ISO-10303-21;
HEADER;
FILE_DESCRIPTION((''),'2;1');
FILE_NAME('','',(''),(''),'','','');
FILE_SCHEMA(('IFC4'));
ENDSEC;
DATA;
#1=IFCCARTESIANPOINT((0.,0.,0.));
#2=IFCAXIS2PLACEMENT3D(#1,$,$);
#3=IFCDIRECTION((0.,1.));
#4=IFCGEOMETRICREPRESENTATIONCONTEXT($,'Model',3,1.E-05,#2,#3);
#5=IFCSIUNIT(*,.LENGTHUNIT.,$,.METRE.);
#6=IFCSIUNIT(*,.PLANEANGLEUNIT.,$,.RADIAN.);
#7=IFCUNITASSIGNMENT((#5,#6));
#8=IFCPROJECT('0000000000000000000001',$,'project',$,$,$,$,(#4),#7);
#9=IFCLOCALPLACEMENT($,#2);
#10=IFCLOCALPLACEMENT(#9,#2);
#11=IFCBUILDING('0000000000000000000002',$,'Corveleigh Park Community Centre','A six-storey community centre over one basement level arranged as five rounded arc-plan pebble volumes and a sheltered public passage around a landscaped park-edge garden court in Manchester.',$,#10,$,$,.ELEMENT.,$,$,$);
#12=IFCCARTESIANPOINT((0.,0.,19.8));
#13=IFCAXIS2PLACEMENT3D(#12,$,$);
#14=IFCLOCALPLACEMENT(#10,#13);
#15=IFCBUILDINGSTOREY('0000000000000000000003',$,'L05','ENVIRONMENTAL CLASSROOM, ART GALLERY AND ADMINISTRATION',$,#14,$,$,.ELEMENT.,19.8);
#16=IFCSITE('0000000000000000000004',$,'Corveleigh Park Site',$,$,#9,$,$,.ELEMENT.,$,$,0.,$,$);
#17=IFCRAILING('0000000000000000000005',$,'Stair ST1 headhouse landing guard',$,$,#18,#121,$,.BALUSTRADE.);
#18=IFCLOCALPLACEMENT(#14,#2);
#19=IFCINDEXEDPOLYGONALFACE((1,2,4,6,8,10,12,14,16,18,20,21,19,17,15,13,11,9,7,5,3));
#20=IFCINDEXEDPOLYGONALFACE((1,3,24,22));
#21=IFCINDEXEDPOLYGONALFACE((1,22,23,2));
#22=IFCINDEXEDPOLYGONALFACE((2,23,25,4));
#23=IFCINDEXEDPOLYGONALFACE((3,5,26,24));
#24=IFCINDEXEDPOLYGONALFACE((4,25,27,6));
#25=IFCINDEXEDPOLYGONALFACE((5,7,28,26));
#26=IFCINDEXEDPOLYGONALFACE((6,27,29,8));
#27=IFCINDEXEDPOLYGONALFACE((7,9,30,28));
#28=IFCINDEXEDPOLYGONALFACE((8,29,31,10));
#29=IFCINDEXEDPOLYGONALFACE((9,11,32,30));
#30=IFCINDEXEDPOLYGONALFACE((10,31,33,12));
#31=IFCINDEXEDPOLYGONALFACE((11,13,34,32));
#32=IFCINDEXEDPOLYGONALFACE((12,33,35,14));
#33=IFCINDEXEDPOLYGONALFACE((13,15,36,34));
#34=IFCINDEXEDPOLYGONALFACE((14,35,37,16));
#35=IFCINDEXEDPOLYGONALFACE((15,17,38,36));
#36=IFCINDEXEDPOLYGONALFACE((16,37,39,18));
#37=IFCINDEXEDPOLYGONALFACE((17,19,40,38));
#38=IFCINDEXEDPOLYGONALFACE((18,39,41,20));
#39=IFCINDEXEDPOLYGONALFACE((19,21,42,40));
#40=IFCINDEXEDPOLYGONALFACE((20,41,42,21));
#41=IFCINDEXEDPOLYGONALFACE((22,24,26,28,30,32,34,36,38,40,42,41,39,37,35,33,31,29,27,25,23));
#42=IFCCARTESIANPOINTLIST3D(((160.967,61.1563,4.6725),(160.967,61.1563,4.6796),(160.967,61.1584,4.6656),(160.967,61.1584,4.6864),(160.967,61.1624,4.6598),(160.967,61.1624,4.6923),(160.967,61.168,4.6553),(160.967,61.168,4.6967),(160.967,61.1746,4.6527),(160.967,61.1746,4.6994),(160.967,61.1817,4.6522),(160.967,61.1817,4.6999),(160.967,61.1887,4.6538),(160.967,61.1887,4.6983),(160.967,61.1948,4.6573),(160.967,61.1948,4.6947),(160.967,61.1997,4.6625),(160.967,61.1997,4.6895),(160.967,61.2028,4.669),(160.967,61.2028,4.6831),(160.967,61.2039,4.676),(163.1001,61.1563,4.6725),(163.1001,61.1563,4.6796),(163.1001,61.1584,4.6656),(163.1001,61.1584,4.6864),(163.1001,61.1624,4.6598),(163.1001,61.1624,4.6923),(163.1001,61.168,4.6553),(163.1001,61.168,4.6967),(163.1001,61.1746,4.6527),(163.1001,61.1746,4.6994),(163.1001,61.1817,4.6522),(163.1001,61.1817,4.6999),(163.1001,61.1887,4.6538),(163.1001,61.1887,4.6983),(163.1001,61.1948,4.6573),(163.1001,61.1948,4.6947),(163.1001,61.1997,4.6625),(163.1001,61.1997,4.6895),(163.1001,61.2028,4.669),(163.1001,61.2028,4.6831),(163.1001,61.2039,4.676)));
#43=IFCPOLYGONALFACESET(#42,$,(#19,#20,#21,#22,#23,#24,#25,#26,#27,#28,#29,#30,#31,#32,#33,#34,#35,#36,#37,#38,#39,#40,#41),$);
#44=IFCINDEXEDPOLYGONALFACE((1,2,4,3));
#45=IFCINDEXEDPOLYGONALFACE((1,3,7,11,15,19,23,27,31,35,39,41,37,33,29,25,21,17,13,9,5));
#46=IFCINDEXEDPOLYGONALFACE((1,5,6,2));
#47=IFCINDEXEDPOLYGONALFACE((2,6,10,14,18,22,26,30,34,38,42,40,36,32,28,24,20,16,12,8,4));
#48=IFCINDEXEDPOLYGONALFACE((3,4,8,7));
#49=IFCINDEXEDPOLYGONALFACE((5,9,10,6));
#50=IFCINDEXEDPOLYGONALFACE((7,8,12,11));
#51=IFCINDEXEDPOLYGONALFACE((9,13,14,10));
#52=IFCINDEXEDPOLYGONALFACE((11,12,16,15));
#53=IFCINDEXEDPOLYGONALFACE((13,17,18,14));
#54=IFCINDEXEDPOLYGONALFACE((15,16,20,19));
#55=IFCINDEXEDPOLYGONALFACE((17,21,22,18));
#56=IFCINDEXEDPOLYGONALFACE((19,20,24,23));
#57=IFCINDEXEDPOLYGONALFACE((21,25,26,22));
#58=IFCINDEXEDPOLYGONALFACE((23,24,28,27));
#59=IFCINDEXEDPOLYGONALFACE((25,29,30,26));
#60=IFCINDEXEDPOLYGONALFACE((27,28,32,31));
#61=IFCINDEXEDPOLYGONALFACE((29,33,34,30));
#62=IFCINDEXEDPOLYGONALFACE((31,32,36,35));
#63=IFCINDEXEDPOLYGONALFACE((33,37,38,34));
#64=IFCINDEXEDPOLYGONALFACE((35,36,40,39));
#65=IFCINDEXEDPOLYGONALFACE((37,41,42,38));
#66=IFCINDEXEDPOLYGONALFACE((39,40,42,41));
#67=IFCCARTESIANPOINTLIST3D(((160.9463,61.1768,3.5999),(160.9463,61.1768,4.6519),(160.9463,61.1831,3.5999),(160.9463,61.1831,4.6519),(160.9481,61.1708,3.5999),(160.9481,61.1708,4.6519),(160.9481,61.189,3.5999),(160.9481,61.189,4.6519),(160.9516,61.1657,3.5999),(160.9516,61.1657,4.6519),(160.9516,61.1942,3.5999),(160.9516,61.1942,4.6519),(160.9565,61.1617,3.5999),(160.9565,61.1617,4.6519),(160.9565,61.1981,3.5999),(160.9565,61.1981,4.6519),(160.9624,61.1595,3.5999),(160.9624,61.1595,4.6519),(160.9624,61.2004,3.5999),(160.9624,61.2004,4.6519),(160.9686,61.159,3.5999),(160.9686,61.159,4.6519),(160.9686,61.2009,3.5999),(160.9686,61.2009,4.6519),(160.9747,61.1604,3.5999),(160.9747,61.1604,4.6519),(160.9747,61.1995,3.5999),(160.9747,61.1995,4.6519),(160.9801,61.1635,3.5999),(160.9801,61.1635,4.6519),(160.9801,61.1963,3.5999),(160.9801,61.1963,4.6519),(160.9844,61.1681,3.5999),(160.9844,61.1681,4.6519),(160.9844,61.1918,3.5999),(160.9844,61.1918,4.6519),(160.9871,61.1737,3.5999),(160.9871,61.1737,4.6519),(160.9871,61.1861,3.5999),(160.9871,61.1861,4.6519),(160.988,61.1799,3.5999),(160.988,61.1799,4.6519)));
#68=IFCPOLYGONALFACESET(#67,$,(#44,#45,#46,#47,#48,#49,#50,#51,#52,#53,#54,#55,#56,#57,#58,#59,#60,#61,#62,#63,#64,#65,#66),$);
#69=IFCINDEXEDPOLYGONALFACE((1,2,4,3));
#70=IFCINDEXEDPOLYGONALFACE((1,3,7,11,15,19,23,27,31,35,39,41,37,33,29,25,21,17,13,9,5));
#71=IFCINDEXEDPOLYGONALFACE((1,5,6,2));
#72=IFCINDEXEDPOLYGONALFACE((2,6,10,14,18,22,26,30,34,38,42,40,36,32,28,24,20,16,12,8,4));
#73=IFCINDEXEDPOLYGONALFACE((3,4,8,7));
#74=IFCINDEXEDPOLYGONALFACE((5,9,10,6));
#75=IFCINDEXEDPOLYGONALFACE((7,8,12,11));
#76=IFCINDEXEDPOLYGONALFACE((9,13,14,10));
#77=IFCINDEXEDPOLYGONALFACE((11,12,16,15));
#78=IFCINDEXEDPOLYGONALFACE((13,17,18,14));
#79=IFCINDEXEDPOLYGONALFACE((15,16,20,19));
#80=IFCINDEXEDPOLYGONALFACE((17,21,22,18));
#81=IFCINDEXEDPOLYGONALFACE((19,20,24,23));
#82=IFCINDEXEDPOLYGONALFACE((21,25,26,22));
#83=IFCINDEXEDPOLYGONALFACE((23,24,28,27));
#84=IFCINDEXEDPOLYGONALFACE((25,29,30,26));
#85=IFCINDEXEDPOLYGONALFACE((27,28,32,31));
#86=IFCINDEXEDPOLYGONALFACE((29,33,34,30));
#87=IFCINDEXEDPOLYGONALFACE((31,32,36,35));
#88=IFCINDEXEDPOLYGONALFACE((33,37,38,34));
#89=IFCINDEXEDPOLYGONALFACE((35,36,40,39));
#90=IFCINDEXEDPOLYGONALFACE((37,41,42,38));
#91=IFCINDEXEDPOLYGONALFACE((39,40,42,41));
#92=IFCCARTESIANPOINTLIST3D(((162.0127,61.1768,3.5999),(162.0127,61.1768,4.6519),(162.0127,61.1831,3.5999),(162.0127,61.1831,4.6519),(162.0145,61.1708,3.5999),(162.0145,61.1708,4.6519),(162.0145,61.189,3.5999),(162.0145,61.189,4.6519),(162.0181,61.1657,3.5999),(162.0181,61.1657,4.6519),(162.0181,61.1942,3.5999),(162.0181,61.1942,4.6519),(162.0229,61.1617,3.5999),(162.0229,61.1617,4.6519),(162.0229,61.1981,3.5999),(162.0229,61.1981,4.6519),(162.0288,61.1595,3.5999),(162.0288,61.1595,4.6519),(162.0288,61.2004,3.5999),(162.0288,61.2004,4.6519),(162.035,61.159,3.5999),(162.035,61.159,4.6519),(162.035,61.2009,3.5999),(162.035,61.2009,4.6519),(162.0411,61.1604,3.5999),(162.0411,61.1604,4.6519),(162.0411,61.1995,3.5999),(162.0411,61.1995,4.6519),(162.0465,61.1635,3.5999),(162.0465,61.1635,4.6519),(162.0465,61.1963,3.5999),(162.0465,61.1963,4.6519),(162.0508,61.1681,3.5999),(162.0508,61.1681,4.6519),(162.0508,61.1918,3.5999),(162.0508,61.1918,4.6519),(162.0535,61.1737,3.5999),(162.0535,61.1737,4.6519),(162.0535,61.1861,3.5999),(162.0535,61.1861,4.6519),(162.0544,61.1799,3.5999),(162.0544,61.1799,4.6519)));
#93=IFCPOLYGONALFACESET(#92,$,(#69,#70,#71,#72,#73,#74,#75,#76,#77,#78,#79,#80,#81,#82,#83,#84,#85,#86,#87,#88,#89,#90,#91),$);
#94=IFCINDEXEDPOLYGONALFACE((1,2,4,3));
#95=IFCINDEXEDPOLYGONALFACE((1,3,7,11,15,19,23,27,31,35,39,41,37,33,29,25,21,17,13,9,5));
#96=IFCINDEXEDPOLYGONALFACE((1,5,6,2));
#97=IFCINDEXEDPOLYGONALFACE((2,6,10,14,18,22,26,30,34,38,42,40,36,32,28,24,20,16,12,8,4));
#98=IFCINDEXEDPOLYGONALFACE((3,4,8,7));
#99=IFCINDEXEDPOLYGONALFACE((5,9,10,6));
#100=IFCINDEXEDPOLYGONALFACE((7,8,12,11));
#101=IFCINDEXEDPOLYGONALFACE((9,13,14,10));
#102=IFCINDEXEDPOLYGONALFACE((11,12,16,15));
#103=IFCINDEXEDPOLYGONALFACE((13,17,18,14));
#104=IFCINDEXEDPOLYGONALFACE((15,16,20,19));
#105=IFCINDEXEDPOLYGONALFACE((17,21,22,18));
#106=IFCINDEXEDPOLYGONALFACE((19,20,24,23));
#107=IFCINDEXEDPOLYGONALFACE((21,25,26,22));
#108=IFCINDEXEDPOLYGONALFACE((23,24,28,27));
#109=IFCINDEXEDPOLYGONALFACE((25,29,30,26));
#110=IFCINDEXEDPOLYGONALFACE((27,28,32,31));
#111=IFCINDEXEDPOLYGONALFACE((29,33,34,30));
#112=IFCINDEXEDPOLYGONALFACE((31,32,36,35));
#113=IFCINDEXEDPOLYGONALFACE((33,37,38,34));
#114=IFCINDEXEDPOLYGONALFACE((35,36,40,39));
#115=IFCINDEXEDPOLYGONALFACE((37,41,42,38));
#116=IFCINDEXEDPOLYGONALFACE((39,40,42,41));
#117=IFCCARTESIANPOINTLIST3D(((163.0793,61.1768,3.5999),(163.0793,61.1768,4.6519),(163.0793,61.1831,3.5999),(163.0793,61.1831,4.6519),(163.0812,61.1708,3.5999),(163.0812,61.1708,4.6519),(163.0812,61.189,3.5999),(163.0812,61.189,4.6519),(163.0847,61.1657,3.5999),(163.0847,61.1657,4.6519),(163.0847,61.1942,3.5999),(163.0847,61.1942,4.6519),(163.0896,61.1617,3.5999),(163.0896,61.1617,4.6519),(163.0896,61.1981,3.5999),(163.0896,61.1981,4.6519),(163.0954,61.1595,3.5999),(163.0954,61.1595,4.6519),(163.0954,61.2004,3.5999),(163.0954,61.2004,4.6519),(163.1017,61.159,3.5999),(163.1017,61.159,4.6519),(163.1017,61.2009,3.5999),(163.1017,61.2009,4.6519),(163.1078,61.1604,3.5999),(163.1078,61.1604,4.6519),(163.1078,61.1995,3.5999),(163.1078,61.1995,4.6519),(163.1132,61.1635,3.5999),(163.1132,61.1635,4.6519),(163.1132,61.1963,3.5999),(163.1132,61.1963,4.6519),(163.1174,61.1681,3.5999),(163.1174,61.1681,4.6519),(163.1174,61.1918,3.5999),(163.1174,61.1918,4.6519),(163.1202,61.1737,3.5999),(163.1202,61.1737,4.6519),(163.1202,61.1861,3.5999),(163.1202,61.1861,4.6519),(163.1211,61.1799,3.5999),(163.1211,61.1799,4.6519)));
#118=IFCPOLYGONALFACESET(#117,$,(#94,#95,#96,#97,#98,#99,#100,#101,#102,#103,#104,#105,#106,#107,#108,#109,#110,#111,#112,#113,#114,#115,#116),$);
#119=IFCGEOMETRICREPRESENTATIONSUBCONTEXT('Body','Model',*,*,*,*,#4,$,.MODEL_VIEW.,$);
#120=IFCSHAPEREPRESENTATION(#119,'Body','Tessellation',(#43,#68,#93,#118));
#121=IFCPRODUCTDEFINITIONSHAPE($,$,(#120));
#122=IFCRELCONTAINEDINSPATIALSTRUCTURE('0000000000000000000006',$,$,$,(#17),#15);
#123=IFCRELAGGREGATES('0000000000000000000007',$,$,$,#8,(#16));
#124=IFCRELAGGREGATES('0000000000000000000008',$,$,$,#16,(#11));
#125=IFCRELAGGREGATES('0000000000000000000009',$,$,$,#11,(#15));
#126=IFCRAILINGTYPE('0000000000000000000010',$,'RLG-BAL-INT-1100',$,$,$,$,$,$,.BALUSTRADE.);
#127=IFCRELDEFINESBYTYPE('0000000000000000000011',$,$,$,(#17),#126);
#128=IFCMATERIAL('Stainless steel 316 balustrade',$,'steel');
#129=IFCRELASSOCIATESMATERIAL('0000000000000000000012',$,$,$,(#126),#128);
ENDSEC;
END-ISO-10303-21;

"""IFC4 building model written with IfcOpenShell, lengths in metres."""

from ifc_helpers import new_model, si_unit, direction, frame, origin, origin_2d, place, context, subcontext, project, spatial, circle, extrude, material, type_object, element, save


model = new_model("IFC4")

# Units and contexts
model_context = context("Model", 3, precision=1e-05, world=origin(), true_north=direction((0.0, 1.0)))
body_context = subcontext(model_context, "Body", "Model", "MODEL_VIEW")
ifc_project = project(units=[si_unit("LENGTHUNIT", "METRE"), si_unit("PLANEANGLEUNIT", "RADIAN")], contexts=[model_context])

# Site, building, storey
site_placement = place(None, origin())
site = spatial("IfcSite", under=ifc_project, at=site_placement, Name="Corveleigh Park Site", CompositionType="ELEMENT", RefElevation=0.0)
building_placement = place(site_placement, origin())
building = spatial("IfcBuilding", under=site, at=building_placement, Name="Corveleigh Park Community Centre", Description="A six-storey community centre over one basement level arranged as five rounded arc-plan pebble volumes and a sheltered public passage around a landscaped park-edge garden court in Manchester.", CompositionType="ELEMENT")
storey_placement = place(building_placement, frame((0.0, 0.0, 19.8)))
storey = spatial("IfcBuildingStorey", under=building, at=storey_placement, Name="L05", Description="ENVIRONMENTAL CLASSROOM, ART GALLERY AND ADMINISTRATION", CompositionType="ELEMENT", Elevation=19.8)

# Railing
ifc_material_1 = material(Name="Stainless steel 316 balustrade", Category="steel")
railing_type = type_object("IfcRailingType", Name="RLG-BAL-INT-1100", PredefinedType="BALUSTRADE", material=ifc_material_1)
railing_1_placement = place(storey_placement, frame((160.967, 61.1799, 3.5999)))
element("IfcRailing", 1, at=railing_1_placement, inside=storey, type_object=railing_type, Name="Stair ST1 headhouse landing guard", PredefinedType="BALUSTRADE", context=body_context, shape_type="SweptSolid", body=[
    extrude(circle(Radius=0.0239, at=origin_2d()), frame((0.0, 0.0, 1.0762), z_axis=(1.0, 0.0, 0.0), x_axis=(0.0, 1.0, 0.0)), (0.0, 0.0, 1.0), 2.1331),
    extrude(circle(Radius=0.021, at=origin_2d()), origin(), (0.0, 0.0, 1.0), 1.052),
    extrude(circle(Radius=0.021, at=origin_2d()), frame((1.0664, 0.0, 0.0)), (0.0, 0.0, 1.0), 1.052),
    extrude(circle(Radius=0.021, at=origin_2d()), frame((2.1331, 0.0, 0.0)), (0.0, 0.0, 1.0), 1.052),
])

save(model, "model.ifc")
